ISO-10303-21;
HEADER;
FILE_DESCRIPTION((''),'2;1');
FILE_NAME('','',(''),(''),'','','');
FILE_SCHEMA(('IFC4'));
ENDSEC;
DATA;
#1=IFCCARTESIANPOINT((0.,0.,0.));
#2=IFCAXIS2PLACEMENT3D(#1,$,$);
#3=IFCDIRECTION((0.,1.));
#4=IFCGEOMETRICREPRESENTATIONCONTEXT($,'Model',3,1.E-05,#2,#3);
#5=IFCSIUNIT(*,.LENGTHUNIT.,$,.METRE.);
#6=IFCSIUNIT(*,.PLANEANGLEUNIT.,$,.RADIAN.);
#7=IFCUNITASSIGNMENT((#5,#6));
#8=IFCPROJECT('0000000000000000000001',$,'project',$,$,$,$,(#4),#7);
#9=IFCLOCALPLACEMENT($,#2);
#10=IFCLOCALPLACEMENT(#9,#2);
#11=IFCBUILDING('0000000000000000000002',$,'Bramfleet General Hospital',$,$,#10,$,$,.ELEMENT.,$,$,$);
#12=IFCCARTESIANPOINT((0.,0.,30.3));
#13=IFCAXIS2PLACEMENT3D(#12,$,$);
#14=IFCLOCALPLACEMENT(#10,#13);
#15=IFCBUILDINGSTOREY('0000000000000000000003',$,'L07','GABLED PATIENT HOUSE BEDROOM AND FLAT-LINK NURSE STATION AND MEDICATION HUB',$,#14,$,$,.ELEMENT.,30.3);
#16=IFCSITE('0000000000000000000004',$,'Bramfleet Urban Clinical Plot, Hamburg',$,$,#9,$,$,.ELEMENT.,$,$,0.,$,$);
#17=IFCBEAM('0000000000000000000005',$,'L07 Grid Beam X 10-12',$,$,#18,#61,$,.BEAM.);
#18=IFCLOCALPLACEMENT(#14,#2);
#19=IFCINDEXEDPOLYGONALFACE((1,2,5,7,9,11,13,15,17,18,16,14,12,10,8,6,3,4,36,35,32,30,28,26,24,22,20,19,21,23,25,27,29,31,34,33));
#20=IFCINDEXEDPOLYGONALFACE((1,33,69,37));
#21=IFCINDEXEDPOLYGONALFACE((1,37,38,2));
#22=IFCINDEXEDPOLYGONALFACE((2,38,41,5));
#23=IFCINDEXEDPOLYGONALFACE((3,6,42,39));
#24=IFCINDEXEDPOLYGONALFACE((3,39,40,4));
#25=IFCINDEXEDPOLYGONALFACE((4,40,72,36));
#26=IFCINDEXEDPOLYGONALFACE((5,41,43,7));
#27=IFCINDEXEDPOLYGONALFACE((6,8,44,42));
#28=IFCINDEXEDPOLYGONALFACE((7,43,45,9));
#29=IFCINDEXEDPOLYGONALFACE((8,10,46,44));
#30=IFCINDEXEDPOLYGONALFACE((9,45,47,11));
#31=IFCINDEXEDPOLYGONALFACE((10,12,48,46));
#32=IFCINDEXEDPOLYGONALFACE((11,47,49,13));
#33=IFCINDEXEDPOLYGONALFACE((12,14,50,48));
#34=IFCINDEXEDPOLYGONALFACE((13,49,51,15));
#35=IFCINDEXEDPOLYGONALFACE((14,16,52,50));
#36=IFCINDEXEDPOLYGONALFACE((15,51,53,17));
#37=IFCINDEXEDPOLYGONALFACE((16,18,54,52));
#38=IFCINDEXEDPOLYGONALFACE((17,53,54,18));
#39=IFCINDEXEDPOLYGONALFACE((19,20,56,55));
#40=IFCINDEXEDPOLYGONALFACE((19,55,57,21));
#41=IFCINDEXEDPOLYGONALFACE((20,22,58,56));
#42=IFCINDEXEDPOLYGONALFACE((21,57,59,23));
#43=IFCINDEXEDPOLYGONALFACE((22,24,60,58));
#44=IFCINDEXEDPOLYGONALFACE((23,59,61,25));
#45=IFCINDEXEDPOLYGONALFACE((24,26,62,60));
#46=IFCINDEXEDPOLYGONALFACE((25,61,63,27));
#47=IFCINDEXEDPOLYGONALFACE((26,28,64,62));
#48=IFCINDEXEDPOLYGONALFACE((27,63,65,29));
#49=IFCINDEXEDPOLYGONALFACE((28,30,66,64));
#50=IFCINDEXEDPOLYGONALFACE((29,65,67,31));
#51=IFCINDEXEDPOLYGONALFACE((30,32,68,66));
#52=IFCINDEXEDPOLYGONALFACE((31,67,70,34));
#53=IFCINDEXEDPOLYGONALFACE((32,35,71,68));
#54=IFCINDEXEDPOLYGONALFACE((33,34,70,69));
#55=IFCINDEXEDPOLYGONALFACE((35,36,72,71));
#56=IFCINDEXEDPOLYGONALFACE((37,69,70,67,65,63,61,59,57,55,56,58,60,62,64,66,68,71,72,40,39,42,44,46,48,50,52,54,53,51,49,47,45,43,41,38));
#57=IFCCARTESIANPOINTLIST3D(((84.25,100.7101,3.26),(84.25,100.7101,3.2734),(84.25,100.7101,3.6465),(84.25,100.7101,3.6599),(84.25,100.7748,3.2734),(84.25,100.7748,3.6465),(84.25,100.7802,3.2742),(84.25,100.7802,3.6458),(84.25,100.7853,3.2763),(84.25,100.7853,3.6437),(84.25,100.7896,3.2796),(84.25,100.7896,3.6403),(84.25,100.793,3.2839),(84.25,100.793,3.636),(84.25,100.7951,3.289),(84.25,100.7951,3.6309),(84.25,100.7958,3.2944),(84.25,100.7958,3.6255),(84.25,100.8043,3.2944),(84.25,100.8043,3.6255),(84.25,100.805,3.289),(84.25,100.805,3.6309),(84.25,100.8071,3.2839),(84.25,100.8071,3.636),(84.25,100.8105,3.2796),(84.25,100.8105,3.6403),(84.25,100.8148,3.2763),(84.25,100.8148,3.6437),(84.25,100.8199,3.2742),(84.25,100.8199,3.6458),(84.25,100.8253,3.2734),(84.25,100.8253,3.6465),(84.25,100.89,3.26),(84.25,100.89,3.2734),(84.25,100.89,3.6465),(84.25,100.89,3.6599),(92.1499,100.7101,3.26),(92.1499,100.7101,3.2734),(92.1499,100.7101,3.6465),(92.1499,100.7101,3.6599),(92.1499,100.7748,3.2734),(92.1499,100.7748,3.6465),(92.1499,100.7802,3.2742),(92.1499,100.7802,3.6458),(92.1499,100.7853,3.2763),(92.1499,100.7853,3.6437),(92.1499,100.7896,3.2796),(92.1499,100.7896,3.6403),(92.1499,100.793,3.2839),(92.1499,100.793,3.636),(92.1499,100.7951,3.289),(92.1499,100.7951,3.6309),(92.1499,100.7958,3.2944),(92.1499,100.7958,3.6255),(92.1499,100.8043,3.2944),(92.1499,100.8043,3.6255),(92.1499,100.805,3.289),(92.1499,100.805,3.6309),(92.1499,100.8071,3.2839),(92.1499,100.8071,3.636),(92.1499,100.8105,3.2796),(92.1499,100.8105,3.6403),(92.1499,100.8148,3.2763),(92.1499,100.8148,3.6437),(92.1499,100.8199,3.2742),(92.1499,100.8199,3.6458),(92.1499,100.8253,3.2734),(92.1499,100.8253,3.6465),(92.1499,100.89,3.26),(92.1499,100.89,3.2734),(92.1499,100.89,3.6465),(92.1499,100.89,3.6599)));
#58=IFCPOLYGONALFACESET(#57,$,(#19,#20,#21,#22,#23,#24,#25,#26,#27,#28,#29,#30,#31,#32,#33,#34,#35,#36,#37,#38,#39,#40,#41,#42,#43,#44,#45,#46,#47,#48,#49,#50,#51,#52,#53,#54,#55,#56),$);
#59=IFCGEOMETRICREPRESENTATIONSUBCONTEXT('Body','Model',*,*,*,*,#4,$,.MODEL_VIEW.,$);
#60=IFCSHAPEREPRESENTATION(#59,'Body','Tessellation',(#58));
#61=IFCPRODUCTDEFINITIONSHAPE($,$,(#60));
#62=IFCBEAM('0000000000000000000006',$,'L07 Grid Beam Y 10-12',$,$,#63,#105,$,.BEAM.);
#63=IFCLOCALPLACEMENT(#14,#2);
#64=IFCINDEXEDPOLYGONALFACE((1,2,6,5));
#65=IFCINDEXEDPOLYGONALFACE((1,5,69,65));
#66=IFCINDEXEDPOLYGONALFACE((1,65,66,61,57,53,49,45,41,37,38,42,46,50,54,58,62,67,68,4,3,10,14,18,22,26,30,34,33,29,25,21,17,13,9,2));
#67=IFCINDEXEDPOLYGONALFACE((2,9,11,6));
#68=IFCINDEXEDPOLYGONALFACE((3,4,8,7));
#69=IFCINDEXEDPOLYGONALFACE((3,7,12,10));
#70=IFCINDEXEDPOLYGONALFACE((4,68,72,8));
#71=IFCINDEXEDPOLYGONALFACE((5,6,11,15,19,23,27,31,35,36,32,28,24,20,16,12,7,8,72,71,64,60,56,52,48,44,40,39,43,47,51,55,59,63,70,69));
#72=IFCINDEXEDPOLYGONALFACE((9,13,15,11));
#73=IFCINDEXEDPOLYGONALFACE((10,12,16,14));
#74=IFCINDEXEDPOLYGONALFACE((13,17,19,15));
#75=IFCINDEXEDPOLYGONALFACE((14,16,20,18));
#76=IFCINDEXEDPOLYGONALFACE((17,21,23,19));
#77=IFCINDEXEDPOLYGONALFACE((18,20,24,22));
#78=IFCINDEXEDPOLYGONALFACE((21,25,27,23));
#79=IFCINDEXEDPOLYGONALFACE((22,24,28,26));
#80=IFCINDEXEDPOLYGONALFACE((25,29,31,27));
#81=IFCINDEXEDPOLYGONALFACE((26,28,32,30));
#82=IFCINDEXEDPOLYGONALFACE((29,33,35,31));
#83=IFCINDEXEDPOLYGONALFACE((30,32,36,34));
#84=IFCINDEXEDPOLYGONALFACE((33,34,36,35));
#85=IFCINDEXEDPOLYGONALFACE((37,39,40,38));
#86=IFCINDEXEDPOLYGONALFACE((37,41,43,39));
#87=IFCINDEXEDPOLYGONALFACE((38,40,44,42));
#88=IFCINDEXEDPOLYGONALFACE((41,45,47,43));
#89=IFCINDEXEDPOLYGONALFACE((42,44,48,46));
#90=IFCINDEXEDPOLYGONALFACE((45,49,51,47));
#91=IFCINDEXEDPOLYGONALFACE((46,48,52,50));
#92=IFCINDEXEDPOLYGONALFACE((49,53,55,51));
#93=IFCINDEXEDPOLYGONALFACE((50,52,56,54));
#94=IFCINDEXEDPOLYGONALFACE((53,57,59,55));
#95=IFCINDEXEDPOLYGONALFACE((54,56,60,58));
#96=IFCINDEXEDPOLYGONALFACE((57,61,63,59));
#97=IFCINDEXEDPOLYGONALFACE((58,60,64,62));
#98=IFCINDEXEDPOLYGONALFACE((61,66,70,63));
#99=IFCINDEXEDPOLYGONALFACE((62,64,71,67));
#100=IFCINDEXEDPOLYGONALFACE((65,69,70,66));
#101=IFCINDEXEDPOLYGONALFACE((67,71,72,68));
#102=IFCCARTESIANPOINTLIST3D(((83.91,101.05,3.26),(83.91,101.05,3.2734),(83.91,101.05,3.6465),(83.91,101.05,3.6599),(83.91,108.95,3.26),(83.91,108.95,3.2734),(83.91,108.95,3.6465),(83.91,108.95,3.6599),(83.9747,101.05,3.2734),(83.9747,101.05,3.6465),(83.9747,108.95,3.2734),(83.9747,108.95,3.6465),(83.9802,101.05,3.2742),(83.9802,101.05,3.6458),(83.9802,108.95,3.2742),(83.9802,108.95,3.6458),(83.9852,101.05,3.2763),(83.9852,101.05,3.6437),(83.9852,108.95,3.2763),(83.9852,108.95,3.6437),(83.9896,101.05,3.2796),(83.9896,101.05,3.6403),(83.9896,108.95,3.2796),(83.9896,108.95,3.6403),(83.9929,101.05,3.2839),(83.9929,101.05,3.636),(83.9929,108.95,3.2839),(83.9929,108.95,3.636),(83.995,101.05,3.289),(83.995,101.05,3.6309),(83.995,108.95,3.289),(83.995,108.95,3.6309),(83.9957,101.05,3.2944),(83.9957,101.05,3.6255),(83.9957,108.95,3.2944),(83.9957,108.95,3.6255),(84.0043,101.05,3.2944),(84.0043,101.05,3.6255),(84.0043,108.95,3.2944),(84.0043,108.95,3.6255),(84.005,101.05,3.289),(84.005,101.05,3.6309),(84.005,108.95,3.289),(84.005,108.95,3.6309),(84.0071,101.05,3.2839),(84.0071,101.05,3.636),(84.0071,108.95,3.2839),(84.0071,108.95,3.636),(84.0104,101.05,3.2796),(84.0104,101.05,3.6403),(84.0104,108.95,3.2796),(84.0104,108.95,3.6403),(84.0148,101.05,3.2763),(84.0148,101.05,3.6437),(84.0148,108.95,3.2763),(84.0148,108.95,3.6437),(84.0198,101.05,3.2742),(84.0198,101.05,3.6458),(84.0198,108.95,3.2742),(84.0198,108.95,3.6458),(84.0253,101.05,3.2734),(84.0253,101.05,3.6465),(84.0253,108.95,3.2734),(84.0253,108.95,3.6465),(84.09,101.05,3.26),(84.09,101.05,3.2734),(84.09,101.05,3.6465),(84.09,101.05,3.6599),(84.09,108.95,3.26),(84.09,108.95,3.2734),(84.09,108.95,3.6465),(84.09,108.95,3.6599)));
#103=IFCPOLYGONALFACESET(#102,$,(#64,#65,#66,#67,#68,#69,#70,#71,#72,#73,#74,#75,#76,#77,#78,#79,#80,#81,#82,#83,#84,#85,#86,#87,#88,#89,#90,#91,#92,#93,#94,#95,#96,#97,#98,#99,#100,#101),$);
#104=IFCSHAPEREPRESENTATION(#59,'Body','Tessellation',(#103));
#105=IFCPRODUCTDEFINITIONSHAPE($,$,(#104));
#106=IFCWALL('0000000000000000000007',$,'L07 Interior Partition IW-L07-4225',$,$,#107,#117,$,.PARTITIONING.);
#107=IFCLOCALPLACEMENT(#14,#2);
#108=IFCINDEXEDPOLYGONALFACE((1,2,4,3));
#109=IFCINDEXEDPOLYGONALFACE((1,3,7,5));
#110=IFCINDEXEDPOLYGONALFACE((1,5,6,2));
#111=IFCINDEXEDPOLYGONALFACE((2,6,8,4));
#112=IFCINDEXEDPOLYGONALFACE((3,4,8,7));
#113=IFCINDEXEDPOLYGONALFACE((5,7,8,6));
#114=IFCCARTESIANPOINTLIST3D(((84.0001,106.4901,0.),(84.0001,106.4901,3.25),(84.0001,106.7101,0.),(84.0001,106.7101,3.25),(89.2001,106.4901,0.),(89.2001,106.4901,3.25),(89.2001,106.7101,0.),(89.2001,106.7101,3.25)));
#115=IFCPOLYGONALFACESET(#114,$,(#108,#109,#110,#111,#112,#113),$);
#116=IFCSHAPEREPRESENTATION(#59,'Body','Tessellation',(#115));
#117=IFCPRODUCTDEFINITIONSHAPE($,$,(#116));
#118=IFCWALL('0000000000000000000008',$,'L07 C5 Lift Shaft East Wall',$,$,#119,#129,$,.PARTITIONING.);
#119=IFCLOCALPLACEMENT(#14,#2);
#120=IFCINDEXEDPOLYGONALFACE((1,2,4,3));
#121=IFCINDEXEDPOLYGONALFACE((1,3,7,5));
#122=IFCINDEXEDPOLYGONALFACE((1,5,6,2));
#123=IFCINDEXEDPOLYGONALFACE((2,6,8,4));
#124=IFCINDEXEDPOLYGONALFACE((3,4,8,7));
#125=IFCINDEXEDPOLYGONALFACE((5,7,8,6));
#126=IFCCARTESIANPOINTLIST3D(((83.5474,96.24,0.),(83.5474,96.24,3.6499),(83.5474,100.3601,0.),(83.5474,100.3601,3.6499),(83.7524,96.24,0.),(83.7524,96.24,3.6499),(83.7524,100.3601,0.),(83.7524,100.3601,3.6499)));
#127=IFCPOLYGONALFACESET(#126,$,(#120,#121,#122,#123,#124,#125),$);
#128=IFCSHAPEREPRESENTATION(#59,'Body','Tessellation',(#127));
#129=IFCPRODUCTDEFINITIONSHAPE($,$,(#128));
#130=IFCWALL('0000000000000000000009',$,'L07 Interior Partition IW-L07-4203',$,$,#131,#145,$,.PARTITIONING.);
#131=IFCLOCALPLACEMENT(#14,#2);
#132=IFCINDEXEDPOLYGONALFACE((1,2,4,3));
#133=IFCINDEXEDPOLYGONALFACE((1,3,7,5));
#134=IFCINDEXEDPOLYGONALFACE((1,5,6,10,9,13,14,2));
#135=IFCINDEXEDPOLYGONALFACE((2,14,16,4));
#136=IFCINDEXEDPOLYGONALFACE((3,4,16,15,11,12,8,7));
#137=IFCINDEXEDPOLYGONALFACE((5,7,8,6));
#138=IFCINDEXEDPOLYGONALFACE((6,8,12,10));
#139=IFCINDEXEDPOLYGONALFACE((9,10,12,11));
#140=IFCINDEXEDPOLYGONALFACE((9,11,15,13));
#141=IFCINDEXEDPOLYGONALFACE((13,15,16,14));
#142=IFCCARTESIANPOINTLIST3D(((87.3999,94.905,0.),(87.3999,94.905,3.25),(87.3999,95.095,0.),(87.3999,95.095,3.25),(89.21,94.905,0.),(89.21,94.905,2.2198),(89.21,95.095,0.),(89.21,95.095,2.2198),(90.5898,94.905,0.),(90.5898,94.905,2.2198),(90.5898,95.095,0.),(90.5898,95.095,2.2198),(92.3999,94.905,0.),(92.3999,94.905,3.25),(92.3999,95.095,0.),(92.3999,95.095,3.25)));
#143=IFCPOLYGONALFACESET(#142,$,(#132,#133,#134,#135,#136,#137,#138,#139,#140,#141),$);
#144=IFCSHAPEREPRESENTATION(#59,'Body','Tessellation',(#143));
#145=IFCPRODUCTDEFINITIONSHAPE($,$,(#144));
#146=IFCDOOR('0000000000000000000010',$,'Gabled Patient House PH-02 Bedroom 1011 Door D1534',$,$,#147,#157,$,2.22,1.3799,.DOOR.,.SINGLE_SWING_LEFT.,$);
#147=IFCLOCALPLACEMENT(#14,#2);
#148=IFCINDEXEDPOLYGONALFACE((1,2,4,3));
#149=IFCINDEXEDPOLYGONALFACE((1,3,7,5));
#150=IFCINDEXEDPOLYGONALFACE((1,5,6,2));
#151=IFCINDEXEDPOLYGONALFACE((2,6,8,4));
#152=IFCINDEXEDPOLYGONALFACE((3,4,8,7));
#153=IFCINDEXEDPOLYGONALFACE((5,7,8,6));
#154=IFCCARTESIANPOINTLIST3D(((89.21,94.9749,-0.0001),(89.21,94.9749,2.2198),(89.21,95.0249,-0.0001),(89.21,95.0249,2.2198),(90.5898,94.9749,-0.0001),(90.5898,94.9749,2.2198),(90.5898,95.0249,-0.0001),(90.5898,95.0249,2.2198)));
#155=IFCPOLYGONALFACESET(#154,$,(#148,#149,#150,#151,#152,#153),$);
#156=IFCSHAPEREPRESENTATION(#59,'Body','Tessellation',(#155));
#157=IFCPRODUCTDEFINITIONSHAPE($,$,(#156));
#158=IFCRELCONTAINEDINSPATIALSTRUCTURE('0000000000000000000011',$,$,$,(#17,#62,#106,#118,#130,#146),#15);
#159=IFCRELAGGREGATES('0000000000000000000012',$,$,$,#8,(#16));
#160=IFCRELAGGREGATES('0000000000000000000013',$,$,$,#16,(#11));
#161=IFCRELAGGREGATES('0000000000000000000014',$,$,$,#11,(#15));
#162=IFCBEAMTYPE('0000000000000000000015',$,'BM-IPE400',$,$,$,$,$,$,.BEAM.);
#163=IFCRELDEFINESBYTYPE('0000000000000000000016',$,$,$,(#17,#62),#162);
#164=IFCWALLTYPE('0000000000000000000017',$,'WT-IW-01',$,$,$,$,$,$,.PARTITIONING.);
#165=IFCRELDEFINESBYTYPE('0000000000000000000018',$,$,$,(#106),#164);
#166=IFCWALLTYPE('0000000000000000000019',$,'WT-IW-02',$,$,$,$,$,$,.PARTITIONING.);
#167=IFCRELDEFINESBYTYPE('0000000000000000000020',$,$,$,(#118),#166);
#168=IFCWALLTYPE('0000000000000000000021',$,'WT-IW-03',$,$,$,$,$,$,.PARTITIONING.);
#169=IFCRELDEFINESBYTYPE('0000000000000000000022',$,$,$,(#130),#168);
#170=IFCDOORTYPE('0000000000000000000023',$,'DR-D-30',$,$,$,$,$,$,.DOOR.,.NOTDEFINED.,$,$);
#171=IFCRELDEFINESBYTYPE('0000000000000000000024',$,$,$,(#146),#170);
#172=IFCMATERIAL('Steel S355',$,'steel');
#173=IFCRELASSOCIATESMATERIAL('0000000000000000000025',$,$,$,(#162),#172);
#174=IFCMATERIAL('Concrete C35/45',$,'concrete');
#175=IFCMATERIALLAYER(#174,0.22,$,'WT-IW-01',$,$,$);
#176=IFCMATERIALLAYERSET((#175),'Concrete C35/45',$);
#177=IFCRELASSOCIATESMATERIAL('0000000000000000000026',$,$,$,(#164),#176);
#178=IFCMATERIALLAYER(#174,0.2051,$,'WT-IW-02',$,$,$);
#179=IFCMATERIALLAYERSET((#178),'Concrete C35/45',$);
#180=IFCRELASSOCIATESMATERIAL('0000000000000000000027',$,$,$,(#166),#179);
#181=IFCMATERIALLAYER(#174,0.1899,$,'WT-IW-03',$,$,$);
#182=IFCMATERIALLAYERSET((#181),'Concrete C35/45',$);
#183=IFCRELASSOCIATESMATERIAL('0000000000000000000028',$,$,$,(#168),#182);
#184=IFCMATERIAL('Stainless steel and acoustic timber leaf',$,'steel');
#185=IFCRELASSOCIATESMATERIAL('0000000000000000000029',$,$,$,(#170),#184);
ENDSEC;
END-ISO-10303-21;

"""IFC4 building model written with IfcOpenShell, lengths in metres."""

from ifc_helpers import new_model, si_unit, direction, frame, frame_2d, origin, origin_2d, place, context, subcontext, project, spatial, rectangle, i_section, extrude, material, layer, layer_set, material_profile, profile_set, type_object, element, fill, save


model = new_model("IFC4")

# Units and contexts
model_context = context("Model", 3, precision=1e-05, world=origin(), true_north=direction((0.0, 1.0)))
body_context = subcontext(model_context, "Body", "Model", "MODEL_VIEW")
ifc_project = project(units=[si_unit("LENGTHUNIT", "METRE"), si_unit("PLANEANGLEUNIT", "RADIAN")], contexts=[model_context])

# Site, building, storey
site_placement = place(None, origin())
site = spatial("IfcSite", under=ifc_project, at=site_placement, Name="Bramfleet Urban Clinical Plot, Hamburg", CompositionType="ELEMENT", RefElevation=0.0)
building_placement = place(site_placement, origin())
building = spatial("IfcBuilding", under=site, at=building_placement, Name="Bramfleet General Hospital", CompositionType="ELEMENT")
storey_placement = place(building_placement, frame((0.0, 0.0, 30.3)))
storey = spatial("IfcBuildingStorey", under=building, at=storey_placement, Name="L07", Description="GABLED PATIENT HOUSE BEDROOM AND FLAT-LINK NURSE STATION AND MEDICATION HUB", CompositionType="ELEMENT", Elevation=30.3)

# Beams
ifc_material_1 = material(Name="Steel S355", Category="steel")
ifc_material_profile_1 = material_profile(ifc_material_1, i_section(OverallWidth=0.1799, OverallDepth=0.3999, WebThickness=0.0085, FlangeThickness=0.0134, FilletRadius=0.021, at=origin_2d()), Name="IPE 400")
ifc_profile_set_1 = profile_set([ifc_material_profile_1], Name="Steel S355")
beam_type_1 = type_object("IfcBeamType", Name="BM-IPE400", PredefinedType="BEAM", material=ifc_profile_set_1)
for number, where, z_axis, x_axis, name in (
    (1, (84.25, 100.8, 3.46), (1.0, 0.0, 0.0), (0.0, 1.0, 0.0), "L07 Grid Beam X 10-12"),
    (2, (84.0, 101.05, 3.46), (0.0, 1.0, 0.0), (-1.0, 0.0, 0.0), "L07 Grid Beam Y 10-12"),
):
    element("IfcBeam", number, at=place(storey_placement, frame(where, z_axis=z_axis, x_axis=x_axis)), inside=storey, type_object=beam_type_1, Name=name, PredefinedType="BEAM", context=body_context, shape_type="SweptSolid", body=[
        extrude(i_section(OverallWidth=0.1799, OverallDepth=0.3999, WebThickness=0.0085, FlangeThickness=0.0134, FilletRadius=0.021, at=origin_2d()), origin(), (0.0, 0.0, 1.0), 7.8999),
    ])

# Walls
ifc_material_2 = material(Name="Concrete C35/45", Category="concrete")
ifc_layer_1 = layer(ifc_material_2, 0.22, Name="WT-IW-01")
ifc_layer_set_1 = layer_set([ifc_layer_1], Name="Concrete C35/45")
wall_type_1 = type_object("IfcWallType", Name="WT-IW-01", PredefinedType="PARTITIONING", material=ifc_layer_set_1)
wall_1_placement = place(storey_placement, frame((84.0, 106.6001, 0.0), z_axis=(0.0, 0.0, 1.0), x_axis=(1.0, 0.0, 0.0)))
element("IfcWall", 3, at=wall_1_placement, inside=storey, type_object=wall_type_1, Name="L07 Interior Partition IW-L07-4225", PredefinedType="PARTITIONING", context=body_context, shape_type="SweptSolid", body=[
    extrude(rectangle(XDim=5.2, YDim=0.22, at=frame_2d((2.6001, 0.0))), origin(), (0.0, 0.0, 1.0), 3.25),
])
ifc_layer_2 = layer(ifc_material_2, 0.2051, Name="WT-IW-02")
ifc_layer_set_2 = layer_set([ifc_layer_2], Name="Concrete C35/45")
wall_type_2 = type_object("IfcWallType", Name="WT-IW-02", PredefinedType="PARTITIONING", material=ifc_layer_set_2)
wall_2_placement = place(storey_placement, frame((83.6499, 96.24, 0.0), z_axis=(0.0, 0.0, 1.0), x_axis=(0.0, 1.0, 0.0)))
element("IfcWall", 4, at=wall_2_placement, inside=storey, type_object=wall_type_2, Name="L07 C5 Lift Shaft East Wall", PredefinedType="PARTITIONING", context=body_context, shape_type="SweptSolid", body=[
    extrude(rectangle(XDim=4.1201, YDim=0.2051, at=frame_2d((2.0601, 0.0))), origin(), (0.0, 0.0, 1.0), 3.6499),
])

# Wall, opening, door
ifc_layer_3 = layer(ifc_material_2, 0.1899, Name="WT-IW-03")
ifc_layer_set_3 = layer_set([ifc_layer_3], Name="Concrete C35/45")
wall_type_3 = type_object("IfcWallType", Name="WT-IW-03", PredefinedType="PARTITIONING", material=ifc_layer_set_3)
wall_3_placement = place(storey_placement, frame((87.3999, 95.0, 0.0), z_axis=(0.0, 0.0, 1.0), x_axis=(1.0, 0.0, 0.0)))
wall_3 = element("IfcWall", 5, at=wall_3_placement, inside=storey, type_object=wall_type_3, Name="L07 Interior Partition IW-L07-4203", PredefinedType="PARTITIONING", context=body_context, shape_type="SweptSolid", body=[
    extrude(rectangle(XDim=5.0, YDim=0.1899, at=frame_2d((2.5, 0.0))), origin(), (0.0, 0.0, 1.0), 3.25),
])
opening_1_placement = place(wall_3_placement, frame((1.8101, 0.0, 0.0)))
opening_1 = element("IfcOpeningElement", 6, at=opening_1_placement, cuts=wall_3, PredefinedType="OPENING", context=body_context, shape_type="SweptSolid", body=[
    extrude(rectangle(XDim=1.3799, YDim=2.22, at=frame_2d((0.6899, 1.1099))), frame((0.0, 0.105, 0.0), z_axis=(0.0, -1.0, 0.0), x_axis=(1.0, 0.0, 0.0)), (0.0, 0.0, 1.0), 0.21),
])
ifc_material_3 = material(Name="Stainless steel and acoustic timber leaf", Category="steel")
door_type_1 = type_object("IfcDoorType", Name="DR-D-30", OperationType="NOTDEFINED", PredefinedType="DOOR", material=ifc_material_3)
door_1_placement = place(opening_1_placement, origin())
door_1 = element("IfcDoor", 7, at=door_1_placement, inside=storey, type_object=door_type_1, Name="Gabled Patient House PH-02 Bedroom 1011 Door D1534", OperationType="SINGLE_SWING_LEFT", OverallHeight=2.22, OverallWidth=1.3799, PredefinedType="DOOR", context=body_context, shape_type="SweptSolid", body=[
    extrude(rectangle(XDim=1.3799, YDim=2.22, at=frame_2d((0.6899, 1.1099))), frame((0.0, 0.0249, 0.0), z_axis=(0.0, -1.0, 0.0), x_axis=(1.0, 0.0, 0.0)), (0.0, 0.0, 1.0), 0.05),
])
fill(opening_1, door_1)

save(model, "model.ifc")
